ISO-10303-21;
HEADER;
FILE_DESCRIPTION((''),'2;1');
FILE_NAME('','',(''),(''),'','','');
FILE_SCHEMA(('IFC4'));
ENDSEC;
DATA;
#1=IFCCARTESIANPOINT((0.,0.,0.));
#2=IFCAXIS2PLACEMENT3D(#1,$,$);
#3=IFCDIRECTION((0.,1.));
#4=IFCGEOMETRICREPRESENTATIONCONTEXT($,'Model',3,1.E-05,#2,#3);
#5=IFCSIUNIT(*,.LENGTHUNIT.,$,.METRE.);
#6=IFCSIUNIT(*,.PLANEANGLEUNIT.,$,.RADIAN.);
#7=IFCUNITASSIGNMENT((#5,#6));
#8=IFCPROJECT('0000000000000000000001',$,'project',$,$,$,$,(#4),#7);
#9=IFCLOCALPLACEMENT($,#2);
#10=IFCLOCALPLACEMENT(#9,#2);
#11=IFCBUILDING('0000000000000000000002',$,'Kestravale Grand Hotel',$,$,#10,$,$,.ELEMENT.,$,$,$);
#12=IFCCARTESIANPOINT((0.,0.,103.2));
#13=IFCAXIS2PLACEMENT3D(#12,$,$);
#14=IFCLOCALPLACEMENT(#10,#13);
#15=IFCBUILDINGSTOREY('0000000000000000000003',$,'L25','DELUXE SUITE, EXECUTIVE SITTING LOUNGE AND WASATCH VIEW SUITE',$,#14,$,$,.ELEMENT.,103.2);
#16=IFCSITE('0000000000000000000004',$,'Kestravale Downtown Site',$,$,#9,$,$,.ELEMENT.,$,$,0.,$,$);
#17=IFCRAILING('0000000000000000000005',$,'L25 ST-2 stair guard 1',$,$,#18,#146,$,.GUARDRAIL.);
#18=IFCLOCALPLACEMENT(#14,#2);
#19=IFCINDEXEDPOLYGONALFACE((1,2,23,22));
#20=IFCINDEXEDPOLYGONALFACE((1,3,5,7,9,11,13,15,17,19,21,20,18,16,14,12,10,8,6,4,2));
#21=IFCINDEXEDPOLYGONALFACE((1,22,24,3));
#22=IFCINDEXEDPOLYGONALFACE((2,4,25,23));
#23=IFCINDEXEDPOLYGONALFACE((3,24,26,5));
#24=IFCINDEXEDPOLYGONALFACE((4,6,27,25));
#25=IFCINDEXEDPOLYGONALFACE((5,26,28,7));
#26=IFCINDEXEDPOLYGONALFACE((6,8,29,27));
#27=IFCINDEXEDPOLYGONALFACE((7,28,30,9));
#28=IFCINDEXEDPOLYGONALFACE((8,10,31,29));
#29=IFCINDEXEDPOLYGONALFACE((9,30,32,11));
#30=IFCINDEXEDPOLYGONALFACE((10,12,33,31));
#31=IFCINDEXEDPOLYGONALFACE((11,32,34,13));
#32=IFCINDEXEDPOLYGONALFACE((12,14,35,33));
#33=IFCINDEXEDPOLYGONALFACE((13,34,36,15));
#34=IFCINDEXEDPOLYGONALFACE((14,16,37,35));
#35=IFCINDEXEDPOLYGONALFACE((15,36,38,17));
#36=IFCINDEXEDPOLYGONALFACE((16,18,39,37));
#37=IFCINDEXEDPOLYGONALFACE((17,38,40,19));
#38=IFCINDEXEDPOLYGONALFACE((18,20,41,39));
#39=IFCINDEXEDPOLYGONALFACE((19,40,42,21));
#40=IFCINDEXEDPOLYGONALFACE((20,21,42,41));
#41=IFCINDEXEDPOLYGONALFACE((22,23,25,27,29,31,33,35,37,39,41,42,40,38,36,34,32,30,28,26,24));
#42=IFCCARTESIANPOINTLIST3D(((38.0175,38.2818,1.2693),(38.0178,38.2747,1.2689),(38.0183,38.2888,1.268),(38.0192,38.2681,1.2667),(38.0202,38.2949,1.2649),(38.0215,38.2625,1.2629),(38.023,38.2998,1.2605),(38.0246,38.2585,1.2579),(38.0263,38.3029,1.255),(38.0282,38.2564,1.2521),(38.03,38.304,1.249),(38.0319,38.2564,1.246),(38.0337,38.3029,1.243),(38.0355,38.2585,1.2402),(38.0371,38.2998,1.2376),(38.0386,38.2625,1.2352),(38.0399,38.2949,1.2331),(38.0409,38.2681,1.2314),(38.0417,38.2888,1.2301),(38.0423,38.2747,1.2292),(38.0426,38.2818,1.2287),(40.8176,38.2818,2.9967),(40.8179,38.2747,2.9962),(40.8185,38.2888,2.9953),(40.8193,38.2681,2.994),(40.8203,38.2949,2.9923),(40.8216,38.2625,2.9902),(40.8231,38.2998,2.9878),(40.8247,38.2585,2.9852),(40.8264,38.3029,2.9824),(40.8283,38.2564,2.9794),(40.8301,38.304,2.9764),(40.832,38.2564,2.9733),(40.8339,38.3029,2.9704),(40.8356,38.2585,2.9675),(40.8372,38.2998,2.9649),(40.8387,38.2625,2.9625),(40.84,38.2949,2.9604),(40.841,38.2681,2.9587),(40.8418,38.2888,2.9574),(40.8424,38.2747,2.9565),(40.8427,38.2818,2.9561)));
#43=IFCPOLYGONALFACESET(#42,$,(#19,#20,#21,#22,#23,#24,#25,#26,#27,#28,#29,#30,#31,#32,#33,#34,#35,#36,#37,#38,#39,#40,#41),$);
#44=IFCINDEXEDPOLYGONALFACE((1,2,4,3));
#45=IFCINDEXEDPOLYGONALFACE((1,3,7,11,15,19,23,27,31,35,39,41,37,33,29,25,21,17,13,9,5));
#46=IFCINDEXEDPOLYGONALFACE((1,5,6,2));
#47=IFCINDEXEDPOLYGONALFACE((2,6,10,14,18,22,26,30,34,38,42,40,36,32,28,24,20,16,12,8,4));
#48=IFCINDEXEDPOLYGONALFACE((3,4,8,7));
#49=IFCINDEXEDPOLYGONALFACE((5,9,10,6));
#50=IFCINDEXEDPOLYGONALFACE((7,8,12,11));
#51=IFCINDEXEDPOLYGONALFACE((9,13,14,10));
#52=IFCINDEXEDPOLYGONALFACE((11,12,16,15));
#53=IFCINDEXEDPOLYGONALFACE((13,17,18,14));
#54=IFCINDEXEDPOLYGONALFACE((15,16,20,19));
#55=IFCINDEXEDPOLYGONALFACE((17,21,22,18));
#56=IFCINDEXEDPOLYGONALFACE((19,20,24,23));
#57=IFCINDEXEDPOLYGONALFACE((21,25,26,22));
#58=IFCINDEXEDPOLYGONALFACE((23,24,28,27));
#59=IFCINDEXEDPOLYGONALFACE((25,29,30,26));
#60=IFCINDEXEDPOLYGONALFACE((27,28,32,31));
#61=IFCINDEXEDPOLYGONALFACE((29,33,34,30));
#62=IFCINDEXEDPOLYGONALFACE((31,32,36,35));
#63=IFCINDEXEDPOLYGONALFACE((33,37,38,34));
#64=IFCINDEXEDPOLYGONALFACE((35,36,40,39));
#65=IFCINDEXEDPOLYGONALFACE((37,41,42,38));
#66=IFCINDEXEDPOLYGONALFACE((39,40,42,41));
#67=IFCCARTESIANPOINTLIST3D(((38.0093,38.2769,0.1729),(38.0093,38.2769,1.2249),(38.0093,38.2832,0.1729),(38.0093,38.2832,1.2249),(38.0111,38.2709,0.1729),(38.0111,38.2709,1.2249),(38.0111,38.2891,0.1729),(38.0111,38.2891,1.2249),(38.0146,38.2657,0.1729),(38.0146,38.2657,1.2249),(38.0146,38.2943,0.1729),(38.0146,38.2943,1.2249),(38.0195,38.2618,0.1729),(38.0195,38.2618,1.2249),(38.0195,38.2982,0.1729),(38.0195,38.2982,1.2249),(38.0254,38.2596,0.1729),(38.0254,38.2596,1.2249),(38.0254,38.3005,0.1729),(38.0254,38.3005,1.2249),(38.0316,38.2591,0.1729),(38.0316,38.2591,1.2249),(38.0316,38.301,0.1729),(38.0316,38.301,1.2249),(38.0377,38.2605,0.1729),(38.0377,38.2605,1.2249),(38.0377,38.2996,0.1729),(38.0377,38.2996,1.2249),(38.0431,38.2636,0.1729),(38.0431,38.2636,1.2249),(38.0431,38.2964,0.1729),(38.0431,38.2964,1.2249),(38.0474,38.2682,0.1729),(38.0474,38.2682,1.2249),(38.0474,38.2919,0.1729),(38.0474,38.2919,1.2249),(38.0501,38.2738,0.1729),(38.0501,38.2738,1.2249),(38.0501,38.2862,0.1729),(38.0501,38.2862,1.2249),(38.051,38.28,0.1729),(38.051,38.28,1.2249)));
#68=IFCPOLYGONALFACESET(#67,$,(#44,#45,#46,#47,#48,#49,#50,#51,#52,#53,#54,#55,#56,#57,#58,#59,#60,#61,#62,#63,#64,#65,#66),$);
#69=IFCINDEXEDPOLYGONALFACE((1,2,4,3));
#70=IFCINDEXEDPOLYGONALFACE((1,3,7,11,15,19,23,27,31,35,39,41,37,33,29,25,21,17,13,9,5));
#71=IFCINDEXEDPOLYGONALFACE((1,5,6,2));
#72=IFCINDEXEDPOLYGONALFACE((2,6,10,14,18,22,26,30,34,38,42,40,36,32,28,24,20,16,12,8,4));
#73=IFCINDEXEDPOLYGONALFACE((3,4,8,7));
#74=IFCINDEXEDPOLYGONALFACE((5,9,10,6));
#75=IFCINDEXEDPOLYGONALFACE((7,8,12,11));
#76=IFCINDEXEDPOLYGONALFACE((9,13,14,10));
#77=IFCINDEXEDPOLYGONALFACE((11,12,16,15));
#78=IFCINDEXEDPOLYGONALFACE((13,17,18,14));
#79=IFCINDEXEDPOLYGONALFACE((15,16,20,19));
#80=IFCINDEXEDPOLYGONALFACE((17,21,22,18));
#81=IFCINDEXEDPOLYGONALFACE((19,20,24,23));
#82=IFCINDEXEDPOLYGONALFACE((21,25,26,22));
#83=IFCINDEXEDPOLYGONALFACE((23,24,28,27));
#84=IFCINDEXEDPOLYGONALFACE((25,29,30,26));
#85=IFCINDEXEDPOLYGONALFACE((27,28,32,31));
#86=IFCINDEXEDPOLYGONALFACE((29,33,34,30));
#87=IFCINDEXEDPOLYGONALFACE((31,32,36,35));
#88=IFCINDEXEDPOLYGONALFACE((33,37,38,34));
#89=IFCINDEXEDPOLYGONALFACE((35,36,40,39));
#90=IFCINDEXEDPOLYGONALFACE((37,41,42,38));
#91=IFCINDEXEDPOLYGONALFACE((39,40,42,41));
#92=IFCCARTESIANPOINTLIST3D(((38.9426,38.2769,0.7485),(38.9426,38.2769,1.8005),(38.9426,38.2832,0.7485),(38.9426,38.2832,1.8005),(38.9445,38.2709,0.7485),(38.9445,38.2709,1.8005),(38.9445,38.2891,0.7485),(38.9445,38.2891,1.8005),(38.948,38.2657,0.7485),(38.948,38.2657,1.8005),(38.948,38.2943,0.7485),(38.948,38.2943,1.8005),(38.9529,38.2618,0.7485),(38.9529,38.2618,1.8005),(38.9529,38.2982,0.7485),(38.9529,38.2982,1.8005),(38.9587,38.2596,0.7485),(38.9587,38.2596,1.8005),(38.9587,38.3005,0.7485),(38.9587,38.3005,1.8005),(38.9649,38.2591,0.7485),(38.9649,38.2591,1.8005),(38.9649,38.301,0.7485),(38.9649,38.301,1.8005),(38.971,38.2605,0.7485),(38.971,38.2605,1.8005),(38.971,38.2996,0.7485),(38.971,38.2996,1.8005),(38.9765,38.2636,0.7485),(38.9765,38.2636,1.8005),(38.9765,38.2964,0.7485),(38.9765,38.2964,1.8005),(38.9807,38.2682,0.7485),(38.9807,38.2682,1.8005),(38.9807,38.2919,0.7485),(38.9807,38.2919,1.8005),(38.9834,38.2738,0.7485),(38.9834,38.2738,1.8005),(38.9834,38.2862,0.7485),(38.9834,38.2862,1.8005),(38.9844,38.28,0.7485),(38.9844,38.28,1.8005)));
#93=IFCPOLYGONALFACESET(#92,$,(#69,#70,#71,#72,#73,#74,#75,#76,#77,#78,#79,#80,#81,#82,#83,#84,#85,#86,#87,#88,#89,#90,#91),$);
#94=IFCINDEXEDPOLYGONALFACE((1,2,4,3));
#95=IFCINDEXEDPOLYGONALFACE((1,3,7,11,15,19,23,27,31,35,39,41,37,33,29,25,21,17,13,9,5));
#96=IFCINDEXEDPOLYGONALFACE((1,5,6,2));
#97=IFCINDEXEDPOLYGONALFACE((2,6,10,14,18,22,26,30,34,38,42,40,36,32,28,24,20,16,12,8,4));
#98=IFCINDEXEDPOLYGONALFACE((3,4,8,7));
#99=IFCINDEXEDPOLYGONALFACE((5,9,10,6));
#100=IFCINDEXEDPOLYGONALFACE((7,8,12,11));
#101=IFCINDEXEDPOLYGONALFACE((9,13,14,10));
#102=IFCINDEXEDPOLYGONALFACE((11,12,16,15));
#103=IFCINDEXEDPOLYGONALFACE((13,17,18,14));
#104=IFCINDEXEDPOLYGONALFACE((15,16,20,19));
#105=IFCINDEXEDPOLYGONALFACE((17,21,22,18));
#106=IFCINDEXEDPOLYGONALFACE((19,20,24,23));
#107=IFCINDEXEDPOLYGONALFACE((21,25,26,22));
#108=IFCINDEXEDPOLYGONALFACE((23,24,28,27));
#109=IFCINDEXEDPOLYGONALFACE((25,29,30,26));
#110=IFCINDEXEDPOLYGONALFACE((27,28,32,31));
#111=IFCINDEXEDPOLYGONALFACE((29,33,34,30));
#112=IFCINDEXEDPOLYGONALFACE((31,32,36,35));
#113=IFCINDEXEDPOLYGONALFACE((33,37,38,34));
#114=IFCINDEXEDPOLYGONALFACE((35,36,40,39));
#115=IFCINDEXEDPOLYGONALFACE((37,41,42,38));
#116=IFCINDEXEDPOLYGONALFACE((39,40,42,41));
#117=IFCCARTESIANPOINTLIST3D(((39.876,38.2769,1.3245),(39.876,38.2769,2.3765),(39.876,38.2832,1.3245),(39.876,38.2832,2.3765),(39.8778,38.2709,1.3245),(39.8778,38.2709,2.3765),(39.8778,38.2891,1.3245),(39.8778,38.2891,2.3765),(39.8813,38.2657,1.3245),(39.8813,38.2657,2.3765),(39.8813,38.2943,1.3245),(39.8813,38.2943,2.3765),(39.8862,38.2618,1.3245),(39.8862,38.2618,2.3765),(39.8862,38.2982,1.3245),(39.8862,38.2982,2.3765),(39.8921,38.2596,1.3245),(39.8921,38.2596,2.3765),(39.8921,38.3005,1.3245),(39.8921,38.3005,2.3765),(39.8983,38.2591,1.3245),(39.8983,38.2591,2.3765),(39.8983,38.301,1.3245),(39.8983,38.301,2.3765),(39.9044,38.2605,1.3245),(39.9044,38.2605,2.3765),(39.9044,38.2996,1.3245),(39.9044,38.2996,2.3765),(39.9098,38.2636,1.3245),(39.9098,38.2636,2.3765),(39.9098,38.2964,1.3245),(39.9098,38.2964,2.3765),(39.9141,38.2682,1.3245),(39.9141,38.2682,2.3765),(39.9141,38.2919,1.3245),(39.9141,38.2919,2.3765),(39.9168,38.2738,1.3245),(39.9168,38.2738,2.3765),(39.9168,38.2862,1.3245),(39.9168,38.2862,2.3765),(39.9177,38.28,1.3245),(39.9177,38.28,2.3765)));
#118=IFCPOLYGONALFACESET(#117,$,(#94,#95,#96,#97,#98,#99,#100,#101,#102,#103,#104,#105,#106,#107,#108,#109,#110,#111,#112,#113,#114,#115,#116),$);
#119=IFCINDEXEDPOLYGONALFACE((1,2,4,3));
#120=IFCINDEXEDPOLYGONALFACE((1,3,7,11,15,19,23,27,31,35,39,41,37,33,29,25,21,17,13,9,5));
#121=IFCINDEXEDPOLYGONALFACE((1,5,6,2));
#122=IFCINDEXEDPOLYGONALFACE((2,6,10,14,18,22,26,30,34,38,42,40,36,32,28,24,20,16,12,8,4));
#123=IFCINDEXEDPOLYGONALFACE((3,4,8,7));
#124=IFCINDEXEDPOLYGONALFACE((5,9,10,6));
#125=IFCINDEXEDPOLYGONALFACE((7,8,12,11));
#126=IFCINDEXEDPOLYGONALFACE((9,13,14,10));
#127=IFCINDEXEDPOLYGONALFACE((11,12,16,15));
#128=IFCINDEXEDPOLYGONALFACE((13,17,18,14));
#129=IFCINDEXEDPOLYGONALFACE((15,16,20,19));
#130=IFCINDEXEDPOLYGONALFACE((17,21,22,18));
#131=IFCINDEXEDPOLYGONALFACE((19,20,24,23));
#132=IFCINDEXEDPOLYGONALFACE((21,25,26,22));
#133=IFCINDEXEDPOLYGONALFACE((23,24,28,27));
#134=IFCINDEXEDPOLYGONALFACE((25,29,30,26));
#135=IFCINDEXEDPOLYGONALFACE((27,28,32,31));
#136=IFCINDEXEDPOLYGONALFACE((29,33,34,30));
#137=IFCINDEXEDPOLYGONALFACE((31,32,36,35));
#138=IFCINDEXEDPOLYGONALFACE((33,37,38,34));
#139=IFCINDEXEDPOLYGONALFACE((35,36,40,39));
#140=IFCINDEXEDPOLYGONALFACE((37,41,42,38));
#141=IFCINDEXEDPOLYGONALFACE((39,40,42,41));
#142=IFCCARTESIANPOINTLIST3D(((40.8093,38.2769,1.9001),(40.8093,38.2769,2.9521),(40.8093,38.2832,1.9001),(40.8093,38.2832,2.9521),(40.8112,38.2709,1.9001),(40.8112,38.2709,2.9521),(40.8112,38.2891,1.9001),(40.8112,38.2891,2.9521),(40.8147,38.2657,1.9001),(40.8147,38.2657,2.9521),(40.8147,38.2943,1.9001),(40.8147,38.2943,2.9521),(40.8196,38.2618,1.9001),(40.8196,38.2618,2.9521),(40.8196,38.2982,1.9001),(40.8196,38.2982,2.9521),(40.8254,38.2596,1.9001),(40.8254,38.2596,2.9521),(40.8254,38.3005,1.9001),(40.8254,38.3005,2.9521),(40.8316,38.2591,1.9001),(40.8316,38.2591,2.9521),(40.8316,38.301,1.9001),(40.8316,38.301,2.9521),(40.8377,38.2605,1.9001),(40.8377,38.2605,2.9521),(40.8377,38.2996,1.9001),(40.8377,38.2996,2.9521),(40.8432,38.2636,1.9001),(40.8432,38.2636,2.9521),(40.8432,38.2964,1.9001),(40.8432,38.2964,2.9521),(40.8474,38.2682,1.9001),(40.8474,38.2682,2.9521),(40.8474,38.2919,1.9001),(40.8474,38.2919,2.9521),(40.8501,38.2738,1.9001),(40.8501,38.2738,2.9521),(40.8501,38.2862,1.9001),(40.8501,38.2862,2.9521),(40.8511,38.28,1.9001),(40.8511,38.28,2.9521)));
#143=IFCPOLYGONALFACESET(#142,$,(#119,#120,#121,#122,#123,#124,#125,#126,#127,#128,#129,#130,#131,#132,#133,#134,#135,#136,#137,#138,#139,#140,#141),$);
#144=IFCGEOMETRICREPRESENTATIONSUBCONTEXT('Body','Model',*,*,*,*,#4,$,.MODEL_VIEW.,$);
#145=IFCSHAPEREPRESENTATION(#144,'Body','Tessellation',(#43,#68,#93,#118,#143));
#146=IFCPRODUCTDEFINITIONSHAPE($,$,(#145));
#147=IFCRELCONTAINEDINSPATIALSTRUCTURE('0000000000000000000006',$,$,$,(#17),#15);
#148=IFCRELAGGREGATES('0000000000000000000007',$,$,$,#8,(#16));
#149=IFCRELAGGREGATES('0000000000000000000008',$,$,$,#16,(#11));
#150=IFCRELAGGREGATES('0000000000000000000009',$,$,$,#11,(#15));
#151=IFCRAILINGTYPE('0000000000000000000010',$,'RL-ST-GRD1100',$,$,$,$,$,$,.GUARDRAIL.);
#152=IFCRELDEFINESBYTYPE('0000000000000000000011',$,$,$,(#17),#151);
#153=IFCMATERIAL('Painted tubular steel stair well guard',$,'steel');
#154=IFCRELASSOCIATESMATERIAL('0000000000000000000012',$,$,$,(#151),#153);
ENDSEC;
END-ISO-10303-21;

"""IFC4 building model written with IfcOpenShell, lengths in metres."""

from ifc_helpers import new_model, si_unit, direction, frame, origin, origin_2d, place, context, subcontext, project, spatial, circle, extrude, material, type_object, element, save


model = new_model("IFC4")

# Units and contexts
model_context = context("Model", 3, precision=1e-05, world=origin(), true_north=direction((0.0, 1.0)))
body_context = subcontext(model_context, "Body", "Model", "MODEL_VIEW")
ifc_project = project(units=[si_unit("LENGTHUNIT", "METRE"), si_unit("PLANEANGLEUNIT", "RADIAN")], contexts=[model_context])

# Site, building, storey
site_placement = place(None, origin())
site = spatial("IfcSite", under=ifc_project, at=site_placement, Name="Kestravale Downtown Site", CompositionType="ELEMENT", RefElevation=0.0)
building_placement = place(site_placement, origin())
building = spatial("IfcBuilding", under=site, at=building_placement, Name="Kestravale Grand Hotel", CompositionType="ELEMENT")
storey_placement = place(building_placement, frame((0.0, 0.0, 103.2)))
storey = spatial("IfcBuildingStorey", under=building, at=storey_placement, Name="L25", Description="DELUXE SUITE, EXECUTIVE SITTING LOUNGE AND WASATCH VIEW SUITE", CompositionType="ELEMENT", Elevation=103.2)

# Railing
ifc_material_1 = material(Name="Painted tubular steel stair well guard", Category="steel")
railing_type_1 = type_object("IfcRailingType", Name="RL-ST-GRD1100", PredefinedType="GUARDRAIL", material=ifc_material_1)
railing_1_placement = place(storey_placement, frame((38.03, 38.28, 0.1729)))
element("IfcRailing", 1, at=railing_1_placement, inside=storey, type_object=railing_type_1, Name="L25 ST-2 stair guard 1", PredefinedType="GUARDRAIL", context=body_context, shape_type="SweptSolid", body=[
    extrude(circle(Radius=0.0239, at=origin_2d()), frame((0.0, 0.0, 1.0762), z_axis=(0.85109, 0.0, 0.52502), x_axis=(0.0, 1.0, 0.0)), (0.0, 0.0, 1.0), 3.29),
    extrude(circle(Radius=0.021, at=origin_2d()), origin(), (0.0, 0.0, 1.0), 1.052),
    extrude(circle(Radius=0.021, at=origin_2d()), frame((0.9333, 0.0, 0.5757)), (0.0, 0.0, 1.0), 1.052),
    extrude(circle(Radius=0.021, at=origin_2d()), frame((1.8667, 0.0, 1.1516)), (0.0, 0.0, 1.0), 1.052),
    extrude(circle(Radius=0.021, at=origin_2d()), frame((2.8, 0.0, 1.7273)), (0.0, 0.0, 1.0), 1.052),
])

save(model, "model.ifc")
